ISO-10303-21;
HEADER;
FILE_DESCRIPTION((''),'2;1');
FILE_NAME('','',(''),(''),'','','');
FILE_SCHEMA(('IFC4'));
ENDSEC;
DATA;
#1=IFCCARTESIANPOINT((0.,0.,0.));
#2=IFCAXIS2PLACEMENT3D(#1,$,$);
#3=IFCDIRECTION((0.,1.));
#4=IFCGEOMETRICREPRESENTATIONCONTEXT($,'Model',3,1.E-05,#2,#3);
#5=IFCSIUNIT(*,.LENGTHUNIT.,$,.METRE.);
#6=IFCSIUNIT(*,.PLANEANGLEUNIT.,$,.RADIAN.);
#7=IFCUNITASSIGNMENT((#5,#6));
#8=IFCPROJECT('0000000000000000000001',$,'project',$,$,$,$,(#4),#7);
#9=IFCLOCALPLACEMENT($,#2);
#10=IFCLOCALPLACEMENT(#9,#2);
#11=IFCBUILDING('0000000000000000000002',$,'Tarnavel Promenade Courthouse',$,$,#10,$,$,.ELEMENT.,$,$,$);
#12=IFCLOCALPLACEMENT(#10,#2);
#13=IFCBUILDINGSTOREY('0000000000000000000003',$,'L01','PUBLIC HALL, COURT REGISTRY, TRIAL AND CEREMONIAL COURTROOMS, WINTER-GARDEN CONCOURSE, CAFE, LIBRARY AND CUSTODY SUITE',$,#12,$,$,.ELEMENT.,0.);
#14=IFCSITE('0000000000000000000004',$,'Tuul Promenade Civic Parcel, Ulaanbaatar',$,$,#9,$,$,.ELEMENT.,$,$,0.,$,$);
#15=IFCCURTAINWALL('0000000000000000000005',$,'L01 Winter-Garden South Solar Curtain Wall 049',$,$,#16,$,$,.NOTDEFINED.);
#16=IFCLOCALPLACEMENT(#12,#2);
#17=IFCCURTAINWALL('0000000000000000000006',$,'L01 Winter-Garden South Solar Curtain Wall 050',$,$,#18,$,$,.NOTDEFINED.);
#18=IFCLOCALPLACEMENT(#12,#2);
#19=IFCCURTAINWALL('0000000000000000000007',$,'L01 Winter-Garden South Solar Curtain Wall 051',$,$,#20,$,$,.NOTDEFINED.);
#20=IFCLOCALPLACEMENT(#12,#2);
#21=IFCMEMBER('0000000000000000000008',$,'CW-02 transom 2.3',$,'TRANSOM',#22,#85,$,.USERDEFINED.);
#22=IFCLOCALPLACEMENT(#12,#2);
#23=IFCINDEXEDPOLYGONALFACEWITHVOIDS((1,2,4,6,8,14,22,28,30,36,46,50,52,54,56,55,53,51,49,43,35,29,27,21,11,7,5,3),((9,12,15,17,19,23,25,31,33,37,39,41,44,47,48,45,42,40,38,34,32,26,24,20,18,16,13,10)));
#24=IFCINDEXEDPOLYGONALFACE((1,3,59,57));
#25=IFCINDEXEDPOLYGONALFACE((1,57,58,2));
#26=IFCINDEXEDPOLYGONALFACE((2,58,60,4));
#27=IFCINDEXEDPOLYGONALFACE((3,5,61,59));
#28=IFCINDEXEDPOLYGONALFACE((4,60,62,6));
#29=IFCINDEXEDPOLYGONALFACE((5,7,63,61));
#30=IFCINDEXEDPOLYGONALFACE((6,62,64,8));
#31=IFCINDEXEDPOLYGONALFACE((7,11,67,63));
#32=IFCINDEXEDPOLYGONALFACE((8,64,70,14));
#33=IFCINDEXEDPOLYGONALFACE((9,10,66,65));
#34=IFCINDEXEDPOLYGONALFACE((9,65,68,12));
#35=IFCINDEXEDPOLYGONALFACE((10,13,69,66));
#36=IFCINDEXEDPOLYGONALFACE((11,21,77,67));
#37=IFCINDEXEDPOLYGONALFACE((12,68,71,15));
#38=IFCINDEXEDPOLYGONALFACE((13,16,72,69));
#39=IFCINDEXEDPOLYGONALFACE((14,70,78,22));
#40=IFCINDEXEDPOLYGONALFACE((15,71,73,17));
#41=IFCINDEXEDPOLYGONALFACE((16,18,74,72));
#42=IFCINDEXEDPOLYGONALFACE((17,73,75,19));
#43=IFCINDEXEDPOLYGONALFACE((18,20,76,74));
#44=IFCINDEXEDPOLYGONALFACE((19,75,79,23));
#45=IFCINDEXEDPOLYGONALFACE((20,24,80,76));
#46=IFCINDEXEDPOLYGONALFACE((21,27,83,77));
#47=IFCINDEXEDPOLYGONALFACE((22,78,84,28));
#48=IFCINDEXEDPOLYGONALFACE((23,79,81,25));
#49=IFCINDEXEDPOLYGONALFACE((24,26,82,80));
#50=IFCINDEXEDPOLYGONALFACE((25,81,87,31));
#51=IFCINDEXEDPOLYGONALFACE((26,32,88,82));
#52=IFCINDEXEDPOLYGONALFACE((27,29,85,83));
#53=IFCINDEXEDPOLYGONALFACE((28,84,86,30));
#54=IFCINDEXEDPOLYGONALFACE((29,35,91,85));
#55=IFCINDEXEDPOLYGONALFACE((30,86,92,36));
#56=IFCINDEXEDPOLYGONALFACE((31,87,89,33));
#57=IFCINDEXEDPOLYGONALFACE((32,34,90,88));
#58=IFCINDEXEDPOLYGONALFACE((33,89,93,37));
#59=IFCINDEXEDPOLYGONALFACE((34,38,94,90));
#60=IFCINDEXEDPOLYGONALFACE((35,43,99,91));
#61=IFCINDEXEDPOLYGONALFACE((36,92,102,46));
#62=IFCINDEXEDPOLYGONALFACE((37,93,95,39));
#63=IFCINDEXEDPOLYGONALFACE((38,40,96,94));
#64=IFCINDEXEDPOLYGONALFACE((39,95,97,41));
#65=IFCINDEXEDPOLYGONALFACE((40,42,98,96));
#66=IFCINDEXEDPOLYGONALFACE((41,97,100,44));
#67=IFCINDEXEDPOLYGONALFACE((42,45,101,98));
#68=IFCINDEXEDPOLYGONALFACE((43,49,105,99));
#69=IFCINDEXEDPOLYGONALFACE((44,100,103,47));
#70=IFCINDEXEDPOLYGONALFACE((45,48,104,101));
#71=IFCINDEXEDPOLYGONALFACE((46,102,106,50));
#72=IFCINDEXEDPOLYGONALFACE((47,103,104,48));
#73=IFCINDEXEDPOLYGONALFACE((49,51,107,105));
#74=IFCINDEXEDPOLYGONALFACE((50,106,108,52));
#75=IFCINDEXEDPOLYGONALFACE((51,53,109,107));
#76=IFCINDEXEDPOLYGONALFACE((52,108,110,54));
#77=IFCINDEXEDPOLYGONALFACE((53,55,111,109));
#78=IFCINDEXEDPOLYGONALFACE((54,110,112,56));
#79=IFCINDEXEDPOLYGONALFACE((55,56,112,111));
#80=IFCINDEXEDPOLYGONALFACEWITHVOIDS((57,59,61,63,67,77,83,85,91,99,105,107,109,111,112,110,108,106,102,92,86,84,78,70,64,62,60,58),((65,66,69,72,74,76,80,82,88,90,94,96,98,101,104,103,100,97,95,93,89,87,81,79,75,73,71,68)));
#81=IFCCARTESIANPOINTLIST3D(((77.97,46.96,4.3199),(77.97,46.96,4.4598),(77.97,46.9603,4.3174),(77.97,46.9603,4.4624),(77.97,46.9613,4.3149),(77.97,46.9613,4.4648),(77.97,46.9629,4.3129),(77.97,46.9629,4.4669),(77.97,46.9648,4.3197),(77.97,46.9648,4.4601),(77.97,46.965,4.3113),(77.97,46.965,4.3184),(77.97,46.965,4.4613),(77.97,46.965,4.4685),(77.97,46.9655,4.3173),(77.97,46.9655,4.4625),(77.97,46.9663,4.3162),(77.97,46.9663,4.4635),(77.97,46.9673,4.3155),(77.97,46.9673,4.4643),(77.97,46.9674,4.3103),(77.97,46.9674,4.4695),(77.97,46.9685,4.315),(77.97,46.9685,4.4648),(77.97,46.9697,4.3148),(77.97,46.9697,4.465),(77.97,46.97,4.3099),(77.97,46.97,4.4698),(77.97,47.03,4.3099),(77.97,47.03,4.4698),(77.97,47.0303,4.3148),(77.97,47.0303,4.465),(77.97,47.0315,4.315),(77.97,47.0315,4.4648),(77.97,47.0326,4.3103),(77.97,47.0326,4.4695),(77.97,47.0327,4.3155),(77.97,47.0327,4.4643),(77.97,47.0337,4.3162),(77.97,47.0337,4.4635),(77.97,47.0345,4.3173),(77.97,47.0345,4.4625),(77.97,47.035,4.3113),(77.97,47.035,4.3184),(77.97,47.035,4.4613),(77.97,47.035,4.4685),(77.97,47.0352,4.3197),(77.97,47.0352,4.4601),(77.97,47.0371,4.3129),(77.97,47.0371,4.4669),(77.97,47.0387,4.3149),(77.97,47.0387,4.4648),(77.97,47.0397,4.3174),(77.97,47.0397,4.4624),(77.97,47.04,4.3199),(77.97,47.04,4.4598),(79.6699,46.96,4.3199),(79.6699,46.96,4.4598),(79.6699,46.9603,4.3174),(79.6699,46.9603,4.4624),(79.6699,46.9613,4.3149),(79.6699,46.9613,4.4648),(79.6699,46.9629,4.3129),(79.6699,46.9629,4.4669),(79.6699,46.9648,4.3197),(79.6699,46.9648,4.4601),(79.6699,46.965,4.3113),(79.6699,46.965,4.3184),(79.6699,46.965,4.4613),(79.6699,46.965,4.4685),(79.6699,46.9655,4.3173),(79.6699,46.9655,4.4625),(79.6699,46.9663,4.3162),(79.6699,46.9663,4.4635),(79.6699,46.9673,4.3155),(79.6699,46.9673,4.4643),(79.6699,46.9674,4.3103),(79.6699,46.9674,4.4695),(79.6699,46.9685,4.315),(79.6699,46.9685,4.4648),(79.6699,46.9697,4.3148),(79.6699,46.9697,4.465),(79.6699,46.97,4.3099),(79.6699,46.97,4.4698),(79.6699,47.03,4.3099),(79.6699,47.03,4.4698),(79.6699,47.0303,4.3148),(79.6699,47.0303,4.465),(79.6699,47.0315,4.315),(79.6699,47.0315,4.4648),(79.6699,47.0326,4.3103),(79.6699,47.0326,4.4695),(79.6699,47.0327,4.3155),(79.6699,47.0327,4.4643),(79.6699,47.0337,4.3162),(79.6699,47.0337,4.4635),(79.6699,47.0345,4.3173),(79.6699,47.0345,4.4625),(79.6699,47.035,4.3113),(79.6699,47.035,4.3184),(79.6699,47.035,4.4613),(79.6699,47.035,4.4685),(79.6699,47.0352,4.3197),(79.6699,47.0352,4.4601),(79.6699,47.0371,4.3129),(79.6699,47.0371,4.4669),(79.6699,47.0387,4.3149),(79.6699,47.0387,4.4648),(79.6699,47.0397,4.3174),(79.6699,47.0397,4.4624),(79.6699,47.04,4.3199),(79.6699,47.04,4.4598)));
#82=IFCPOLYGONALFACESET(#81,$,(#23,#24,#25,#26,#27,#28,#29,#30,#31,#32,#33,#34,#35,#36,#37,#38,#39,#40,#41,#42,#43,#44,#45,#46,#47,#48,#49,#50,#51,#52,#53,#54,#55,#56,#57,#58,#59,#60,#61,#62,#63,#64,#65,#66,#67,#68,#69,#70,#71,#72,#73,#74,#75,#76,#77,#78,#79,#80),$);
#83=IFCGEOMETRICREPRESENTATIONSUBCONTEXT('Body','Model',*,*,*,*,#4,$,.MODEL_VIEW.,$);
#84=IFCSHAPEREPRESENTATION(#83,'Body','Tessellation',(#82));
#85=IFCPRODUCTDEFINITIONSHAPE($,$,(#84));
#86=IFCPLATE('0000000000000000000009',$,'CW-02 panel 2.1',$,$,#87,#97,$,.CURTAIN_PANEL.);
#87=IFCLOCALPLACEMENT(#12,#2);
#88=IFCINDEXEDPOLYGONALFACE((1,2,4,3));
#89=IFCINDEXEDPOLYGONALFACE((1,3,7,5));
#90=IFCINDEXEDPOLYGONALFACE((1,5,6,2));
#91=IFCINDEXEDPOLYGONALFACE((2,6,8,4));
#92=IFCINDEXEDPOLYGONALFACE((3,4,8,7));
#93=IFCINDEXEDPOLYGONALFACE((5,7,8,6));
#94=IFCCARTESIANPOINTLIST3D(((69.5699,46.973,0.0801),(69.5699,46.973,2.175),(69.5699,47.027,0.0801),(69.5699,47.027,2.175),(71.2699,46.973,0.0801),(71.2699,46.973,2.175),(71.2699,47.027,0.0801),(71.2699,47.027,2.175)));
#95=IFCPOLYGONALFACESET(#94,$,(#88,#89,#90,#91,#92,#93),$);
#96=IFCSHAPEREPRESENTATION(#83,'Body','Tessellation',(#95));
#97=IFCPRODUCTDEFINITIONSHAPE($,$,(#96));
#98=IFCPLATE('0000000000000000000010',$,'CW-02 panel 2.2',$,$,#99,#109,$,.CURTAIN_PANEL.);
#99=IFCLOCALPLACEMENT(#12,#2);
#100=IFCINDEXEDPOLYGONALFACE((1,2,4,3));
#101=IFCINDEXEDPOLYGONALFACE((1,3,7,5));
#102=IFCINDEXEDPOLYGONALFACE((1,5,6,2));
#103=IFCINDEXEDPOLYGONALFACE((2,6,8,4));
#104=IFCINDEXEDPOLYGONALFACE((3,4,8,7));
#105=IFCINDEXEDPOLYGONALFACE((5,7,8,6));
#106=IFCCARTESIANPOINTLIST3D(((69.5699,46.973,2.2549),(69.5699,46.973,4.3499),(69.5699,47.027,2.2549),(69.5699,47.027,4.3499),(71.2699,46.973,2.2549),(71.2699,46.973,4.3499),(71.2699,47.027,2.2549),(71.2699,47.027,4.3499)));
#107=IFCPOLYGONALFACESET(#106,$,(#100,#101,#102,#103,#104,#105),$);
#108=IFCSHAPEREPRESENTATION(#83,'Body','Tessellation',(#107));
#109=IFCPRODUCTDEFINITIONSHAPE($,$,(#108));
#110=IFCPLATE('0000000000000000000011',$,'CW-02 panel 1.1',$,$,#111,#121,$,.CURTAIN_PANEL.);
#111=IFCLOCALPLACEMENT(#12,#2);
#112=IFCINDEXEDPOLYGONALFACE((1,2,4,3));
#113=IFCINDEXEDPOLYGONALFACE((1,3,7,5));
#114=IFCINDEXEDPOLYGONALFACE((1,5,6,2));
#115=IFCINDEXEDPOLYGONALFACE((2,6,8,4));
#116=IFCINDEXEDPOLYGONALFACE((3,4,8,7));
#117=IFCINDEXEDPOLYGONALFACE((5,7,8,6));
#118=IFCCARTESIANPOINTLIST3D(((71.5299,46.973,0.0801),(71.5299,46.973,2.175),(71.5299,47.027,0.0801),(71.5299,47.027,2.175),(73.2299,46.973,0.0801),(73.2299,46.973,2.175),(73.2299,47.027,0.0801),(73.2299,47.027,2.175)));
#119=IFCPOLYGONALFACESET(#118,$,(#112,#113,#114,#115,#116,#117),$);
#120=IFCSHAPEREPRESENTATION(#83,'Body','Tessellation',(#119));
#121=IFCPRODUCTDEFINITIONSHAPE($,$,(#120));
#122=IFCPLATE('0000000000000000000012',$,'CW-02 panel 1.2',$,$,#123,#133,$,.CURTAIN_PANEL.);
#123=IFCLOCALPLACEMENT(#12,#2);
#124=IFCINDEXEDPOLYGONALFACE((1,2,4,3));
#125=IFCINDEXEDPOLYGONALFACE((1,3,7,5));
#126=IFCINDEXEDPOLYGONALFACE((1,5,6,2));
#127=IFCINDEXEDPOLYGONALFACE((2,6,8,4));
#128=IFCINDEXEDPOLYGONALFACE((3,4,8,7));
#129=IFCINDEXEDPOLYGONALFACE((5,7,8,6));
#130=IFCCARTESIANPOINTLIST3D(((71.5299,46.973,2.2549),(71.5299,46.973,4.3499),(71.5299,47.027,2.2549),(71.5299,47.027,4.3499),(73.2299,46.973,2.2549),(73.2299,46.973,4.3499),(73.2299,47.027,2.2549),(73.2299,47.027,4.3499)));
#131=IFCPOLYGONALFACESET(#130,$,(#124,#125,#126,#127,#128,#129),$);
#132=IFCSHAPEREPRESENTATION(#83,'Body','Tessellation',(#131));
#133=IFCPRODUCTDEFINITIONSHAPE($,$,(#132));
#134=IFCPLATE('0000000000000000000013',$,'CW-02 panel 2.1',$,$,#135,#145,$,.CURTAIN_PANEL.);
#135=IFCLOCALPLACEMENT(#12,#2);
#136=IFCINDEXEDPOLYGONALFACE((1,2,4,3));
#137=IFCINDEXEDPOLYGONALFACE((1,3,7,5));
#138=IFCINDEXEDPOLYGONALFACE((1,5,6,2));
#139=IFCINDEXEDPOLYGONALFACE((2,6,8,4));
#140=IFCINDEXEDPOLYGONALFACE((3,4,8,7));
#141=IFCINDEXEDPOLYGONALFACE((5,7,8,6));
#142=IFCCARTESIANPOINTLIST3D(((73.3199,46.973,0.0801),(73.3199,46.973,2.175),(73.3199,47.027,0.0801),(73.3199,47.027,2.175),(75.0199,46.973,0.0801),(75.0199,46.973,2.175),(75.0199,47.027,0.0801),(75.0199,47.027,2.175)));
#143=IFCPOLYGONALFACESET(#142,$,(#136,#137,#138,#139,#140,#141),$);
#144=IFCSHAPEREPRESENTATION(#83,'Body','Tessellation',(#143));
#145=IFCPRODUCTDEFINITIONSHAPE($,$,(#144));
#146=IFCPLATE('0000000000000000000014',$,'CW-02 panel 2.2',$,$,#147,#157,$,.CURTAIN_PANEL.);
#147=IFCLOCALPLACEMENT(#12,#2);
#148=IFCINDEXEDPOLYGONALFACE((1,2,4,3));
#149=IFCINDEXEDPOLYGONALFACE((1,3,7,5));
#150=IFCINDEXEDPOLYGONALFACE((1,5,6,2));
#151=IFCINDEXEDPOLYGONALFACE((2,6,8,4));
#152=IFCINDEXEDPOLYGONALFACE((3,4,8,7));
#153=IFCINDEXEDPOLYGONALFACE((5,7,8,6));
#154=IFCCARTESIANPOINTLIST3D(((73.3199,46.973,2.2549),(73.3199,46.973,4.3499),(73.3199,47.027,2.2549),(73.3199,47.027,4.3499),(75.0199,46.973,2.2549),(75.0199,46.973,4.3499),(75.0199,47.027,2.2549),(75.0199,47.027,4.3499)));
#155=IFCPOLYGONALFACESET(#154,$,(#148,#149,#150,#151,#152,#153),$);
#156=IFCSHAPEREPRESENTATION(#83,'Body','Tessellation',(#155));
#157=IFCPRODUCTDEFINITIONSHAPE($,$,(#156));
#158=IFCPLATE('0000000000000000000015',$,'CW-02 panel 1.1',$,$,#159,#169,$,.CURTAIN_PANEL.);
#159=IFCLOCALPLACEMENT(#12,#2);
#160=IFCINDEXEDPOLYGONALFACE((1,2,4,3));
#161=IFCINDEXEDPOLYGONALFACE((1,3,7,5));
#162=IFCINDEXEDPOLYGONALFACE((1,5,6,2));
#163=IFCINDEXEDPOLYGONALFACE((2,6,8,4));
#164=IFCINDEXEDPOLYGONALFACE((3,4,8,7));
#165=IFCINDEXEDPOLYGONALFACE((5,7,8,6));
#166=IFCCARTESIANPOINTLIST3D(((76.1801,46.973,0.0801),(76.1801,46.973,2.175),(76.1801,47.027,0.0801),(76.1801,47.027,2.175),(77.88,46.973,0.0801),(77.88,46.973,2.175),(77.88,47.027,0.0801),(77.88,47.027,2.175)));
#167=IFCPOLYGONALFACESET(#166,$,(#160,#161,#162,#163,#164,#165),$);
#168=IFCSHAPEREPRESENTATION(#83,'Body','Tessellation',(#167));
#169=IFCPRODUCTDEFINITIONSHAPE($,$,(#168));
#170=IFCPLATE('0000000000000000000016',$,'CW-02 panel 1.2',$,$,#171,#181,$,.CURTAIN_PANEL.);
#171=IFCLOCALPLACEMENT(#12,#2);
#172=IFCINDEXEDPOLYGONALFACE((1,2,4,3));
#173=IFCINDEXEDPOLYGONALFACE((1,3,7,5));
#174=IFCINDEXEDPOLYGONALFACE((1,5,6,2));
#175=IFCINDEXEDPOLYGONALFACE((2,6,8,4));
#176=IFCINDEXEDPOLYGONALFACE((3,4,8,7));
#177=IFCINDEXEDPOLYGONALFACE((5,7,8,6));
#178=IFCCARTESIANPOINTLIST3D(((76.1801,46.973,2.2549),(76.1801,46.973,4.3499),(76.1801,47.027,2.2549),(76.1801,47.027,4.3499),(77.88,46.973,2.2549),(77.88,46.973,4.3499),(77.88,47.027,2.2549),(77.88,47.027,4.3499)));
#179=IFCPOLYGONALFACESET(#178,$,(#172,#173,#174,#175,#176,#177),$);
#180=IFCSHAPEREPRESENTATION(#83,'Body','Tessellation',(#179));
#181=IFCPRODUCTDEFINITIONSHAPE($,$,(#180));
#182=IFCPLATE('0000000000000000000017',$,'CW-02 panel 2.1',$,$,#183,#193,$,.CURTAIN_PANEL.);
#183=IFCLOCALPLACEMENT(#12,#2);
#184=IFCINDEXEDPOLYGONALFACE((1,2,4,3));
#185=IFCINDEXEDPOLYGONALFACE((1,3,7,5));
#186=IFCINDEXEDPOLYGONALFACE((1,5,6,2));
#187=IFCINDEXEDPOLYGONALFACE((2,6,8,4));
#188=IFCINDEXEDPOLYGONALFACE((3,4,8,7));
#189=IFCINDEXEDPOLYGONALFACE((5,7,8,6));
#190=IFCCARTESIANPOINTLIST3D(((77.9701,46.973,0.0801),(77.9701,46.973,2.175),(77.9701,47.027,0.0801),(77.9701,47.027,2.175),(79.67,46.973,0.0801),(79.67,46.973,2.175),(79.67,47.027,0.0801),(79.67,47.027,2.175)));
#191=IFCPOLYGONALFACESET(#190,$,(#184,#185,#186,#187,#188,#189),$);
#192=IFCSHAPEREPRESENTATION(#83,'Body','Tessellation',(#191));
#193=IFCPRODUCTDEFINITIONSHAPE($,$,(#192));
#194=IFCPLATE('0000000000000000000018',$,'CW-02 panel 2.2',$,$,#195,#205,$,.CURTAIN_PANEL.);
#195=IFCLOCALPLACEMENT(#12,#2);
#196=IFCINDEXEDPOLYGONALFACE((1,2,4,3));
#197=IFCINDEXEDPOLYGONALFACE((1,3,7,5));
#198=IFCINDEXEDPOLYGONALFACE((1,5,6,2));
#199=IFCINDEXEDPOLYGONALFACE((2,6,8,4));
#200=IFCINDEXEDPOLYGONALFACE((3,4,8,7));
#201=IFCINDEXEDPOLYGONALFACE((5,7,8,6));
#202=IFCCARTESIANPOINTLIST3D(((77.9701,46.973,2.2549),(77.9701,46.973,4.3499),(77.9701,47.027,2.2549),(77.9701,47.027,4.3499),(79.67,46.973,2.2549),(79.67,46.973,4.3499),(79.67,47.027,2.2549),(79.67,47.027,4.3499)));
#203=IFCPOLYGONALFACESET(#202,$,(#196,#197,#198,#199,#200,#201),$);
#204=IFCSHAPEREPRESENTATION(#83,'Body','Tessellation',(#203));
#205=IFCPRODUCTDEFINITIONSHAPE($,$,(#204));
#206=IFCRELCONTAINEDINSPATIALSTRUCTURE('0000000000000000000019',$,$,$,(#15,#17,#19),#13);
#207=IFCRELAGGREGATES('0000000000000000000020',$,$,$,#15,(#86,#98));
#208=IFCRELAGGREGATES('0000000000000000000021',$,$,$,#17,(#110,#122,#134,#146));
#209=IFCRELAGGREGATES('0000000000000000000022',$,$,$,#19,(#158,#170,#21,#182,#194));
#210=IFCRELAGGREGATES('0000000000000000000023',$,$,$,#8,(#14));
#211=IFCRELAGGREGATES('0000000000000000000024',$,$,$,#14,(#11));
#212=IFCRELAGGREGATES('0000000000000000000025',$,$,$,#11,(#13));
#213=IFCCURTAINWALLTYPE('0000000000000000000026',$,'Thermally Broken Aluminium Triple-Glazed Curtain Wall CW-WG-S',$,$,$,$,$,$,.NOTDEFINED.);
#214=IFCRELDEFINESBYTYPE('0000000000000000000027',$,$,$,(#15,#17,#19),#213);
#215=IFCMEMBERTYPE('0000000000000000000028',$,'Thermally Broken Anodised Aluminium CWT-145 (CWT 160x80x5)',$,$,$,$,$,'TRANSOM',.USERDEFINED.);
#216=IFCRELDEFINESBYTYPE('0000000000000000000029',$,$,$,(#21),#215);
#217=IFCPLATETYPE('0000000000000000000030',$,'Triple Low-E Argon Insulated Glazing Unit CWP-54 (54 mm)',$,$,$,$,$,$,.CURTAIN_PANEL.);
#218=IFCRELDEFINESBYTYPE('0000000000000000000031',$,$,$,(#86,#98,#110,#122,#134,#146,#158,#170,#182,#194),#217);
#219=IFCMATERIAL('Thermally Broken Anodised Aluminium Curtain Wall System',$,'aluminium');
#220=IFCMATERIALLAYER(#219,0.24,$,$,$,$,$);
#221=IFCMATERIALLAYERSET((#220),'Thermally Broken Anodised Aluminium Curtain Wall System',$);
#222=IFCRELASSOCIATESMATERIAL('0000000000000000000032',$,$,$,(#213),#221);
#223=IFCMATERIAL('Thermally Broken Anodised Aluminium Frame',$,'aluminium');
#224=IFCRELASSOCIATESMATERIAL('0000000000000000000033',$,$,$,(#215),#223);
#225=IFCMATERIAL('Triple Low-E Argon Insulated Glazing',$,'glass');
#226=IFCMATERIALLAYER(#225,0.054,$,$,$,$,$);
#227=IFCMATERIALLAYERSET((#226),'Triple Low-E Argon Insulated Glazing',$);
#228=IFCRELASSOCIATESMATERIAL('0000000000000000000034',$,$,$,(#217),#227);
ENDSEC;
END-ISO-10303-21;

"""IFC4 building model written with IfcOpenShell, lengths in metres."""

from ifc_helpers import new_model, si_unit, direction, frame, origin, origin_2d, place, context, subcontext, project, spatial, rectangle, hollow_rectangle, extrude, material, layer, layer_set, material_profile, profile_set, type_object, element, aggregate, save


model = new_model("IFC4")

# Units and contexts
model_context = context("Model", 3, precision=1e-05, world=origin(), true_north=direction((0.0, 1.0)))
body_context = subcontext(model_context, "Body", "Model", "MODEL_VIEW")
ifc_project = project(units=[si_unit("LENGTHUNIT", "METRE"), si_unit("PLANEANGLEUNIT", "RADIAN")], contexts=[model_context])

# Site, building, storey
site_placement = place(None, origin())
site = spatial("IfcSite", under=ifc_project, at=site_placement, Name="Tuul Promenade Civic Parcel, Ulaanbaatar", CompositionType="ELEMENT", RefElevation=0.0)
building_placement = place(site_placement, origin())
building = spatial("IfcBuilding", under=site, at=building_placement, Name="Tarnavel Promenade Courthouse", CompositionType="ELEMENT")
storey_placement = place(building_placement, origin())
storey = spatial("IfcBuildingStorey", under=building, at=storey_placement, Name="L01", Description="PUBLIC HALL, COURT REGISTRY, TRIAL AND CEREMONIAL COURTROOMS, WINTER-GARDEN CONCOURSE, CAFE, LIBRARY AND CUSTODY SUITE", CompositionType="ELEMENT", Elevation=0.0)

# Curtain wall
ifc_material_1 = material(Name="Thermally Broken Anodised Aluminium Curtain Wall System", Category="aluminium")
ifc_layer_1 = layer(ifc_material_1, 0.24)
ifc_layer_set_1 = layer_set([ifc_layer_1], Name="Thermally Broken Anodised Aluminium Curtain Wall System")
curtain_wall_type = type_object("IfcCurtainWallType", Name="Thermally Broken Aluminium Triple-Glazed Curtain Wall CW-WG-S", PredefinedType="NOTDEFINED", material=ifc_layer_set_1)
curtain_wall_1_placement = place(storey_placement, origin())
curtain_wall_1 = element("IfcCurtainWall", 1, at=curtain_wall_1_placement, inside=storey, type_object=curtain_wall_type, Name="L01 Winter-Garden South Solar Curtain Wall 049", PredefinedType="NOTDEFINED")
ifc_material_2 = material(Name="Thermally Broken Anodised Aluminium Frame", Category="aluminium")

# Curtain walls
curtain_wall_2_placement = place(storey_placement, origin())
curtain_wall_2 = element("IfcCurtainWall", 2, at=curtain_wall_2_placement, inside=storey, type_object=curtain_wall_type, Name="L01 Winter-Garden South Solar Curtain Wall 050", PredefinedType="NOTDEFINED")
curtain_wall_3_placement = place(storey_placement, origin())
curtain_wall_3 = element("IfcCurtainWall", 3, at=curtain_wall_3_placement, inside=storey, type_object=curtain_wall_type, Name="L01 Winter-Garden South Solar Curtain Wall 051", PredefinedType="NOTDEFINED")

# Member
ifc_material_profile_1 = material_profile(ifc_material_2, hollow_rectangle(XDim=0.0801, YDim=0.1599, WallThickness=0.0049, InnerFilletRadius=0.0049, OuterFilletRadius=0.01, at=origin_2d()), Name="CWT 160x80x5")
ifc_profile_set_1 = profile_set([ifc_material_profile_1], Name="Thermally Broken Anodised Aluminium Frame")
member_type_1 = type_object("IfcMemberType", Name="Thermally Broken Anodised Aluminium CWT-145 (CWT 160x80x5)", ElementType="TRANSOM", PredefinedType="USERDEFINED", material=ifc_profile_set_1)
member_1_placement = place(storey_placement, frame((77.97, 47.0, 4.3899), z_axis=(1.0, 0.0, 0.0), x_axis=(0.0, 1.0, 0.0)))
member_1 = element("IfcMember", 4, at=member_1_placement, type_object=member_type_1, Name="CW-02 transom 2.3", ObjectType="TRANSOM", PredefinedType="USERDEFINED", context=body_context, shape_type="SweptSolid", body=[
    extrude(hollow_rectangle(XDim=0.0801, YDim=0.1599, WallThickness=0.0049, InnerFilletRadius=0.0049, OuterFilletRadius=0.01, at=origin_2d()), origin(), (0.0, 0.0, 1.0), 1.7),
])

# Plates
ifc_material_3 = material(Name="Triple Low-E Argon Insulated Glazing", Category="glass")
ifc_layer_2 = layer(ifc_material_3, 0.054)
ifc_layer_set_2 = layer_set([ifc_layer_2], Name="Triple Low-E Argon Insulated Glazing")
plate_type = type_object("IfcPlateType", Name="Triple Low-E Argon Insulated Glazing Unit CWP-54 (54 mm)", PredefinedType="CURTAIN_PANEL", material=ifc_layer_set_2)
plate_1_placement = place(storey_placement, frame((70.4199, 47.0, 0.0801), z_axis=(0.0, 0.0, 1.0), x_axis=(1.0, 0.0, 0.0)))
plate_1 = element("IfcPlate", 5, at=plate_1_placement, type_object=plate_type, Name="CW-02 panel 2.1", PredefinedType="CURTAIN_PANEL", context=body_context, shape_type="SweptSolid", body=[
    extrude(rectangle(XDim=1.7, YDim=0.054, at=origin_2d()), origin(), (0.0, 0.0, 1.0), 2.095),
])
plate_2_placement = place(storey_placement, frame((70.4199, 47.0, 2.2549), z_axis=(0.0, 0.0, 1.0), x_axis=(1.0, 0.0, 0.0)))
plate_2 = element("IfcPlate", 6, at=plate_2_placement, type_object=plate_type, Name="CW-02 panel 2.2", PredefinedType="CURTAIN_PANEL", context=body_context, shape_type="SweptSolid", body=[
    extrude(rectangle(XDim=1.7, YDim=0.054, at=origin_2d()), origin(), (0.0, 0.0, 1.0), 2.095),
])
aggregate(curtain_wall_1, [plate_1, plate_2])
plate_3_placement = place(storey_placement, frame((72.3799, 47.0, 0.0801), z_axis=(0.0, 0.0, 1.0), x_axis=(1.0, 0.0, 0.0)))
plate_3 = element("IfcPlate", 7, at=plate_3_placement, type_object=plate_type, Name="CW-02 panel 1.1", PredefinedType="CURTAIN_PANEL", context=body_context, shape_type="SweptSolid", body=[
    extrude(rectangle(XDim=1.7, YDim=0.054, at=origin_2d()), origin(), (0.0, 0.0, 1.0), 2.095),
])
plate_4_placement = place(storey_placement, frame((72.3799, 47.0, 2.2549), z_axis=(0.0, 0.0, 1.0), x_axis=(1.0, 0.0, 0.0)))
plate_4 = element("IfcPlate", 8, at=plate_4_placement, type_object=plate_type, Name="CW-02 panel 1.2", PredefinedType="CURTAIN_PANEL", context=body_context, shape_type="SweptSolid", body=[
    extrude(rectangle(XDim=1.7, YDim=0.054, at=origin_2d()), origin(), (0.0, 0.0, 1.0), 2.095),
])
plate_5_placement = place(storey_placement, frame((74.1699, 47.0, 0.0801), z_axis=(0.0, 0.0, 1.0), x_axis=(1.0, 0.0, 0.0)))
plate_5 = element("IfcPlate", 9, at=plate_5_placement, type_object=plate_type, Name="CW-02 panel 2.1", PredefinedType="CURTAIN_PANEL", context=body_context, shape_type="SweptSolid", body=[
    extrude(rectangle(XDim=1.7, YDim=0.054, at=origin_2d()), origin(), (0.0, 0.0, 1.0), 2.095),
])
plate_6_placement = place(storey_placement, frame((74.1699, 47.0, 2.2549), z_axis=(0.0, 0.0, 1.0), x_axis=(1.0, 0.0, 0.0)))
plate_6 = element("IfcPlate", 10, at=plate_6_placement, type_object=plate_type, Name="CW-02 panel 2.2", PredefinedType="CURTAIN_PANEL", context=body_context, shape_type="SweptSolid", body=[
    extrude(rectangle(XDim=1.7, YDim=0.054, at=origin_2d()), origin(), (0.0, 0.0, 1.0), 2.095),
])
aggregate(curtain_wall_2, [plate_3, plate_4, plate_5, plate_6])
plate_7_placement = place(storey_placement, frame((77.03, 47.0, 0.0801), z_axis=(0.0, 0.0, 1.0), x_axis=(1.0, 0.0, 0.0)))
plate_7 = element("IfcPlate", 11, at=plate_7_placement, type_object=plate_type, Name="CW-02 panel 1.1", PredefinedType="CURTAIN_PANEL", context=body_context, shape_type="SweptSolid", body=[
    extrude(rectangle(XDim=1.7, YDim=0.054, at=origin_2d()), origin(), (0.0, 0.0, 1.0), 2.095),
])
plate_8_placement = place(storey_placement, frame((77.03, 47.0, 2.2549), z_axis=(0.0, 0.0, 1.0), x_axis=(1.0, 0.0, 0.0)))
plate_8 = element("IfcPlate", 12, at=plate_8_placement, type_object=plate_type, Name="CW-02 panel 1.2", PredefinedType="CURTAIN_PANEL", context=body_context, shape_type="SweptSolid", body=[
    extrude(rectangle(XDim=1.7, YDim=0.054, at=origin_2d()), origin(), (0.0, 0.0, 1.0), 2.095),
])
plate_9_placement = place(storey_placement, frame((78.8201, 47.0, 0.0801), z_axis=(0.0, 0.0, 1.0), x_axis=(1.0, 0.0, 0.0)))
plate_9 = element("IfcPlate", 13, at=plate_9_placement, type_object=plate_type, Name="CW-02 panel 2.1", PredefinedType="CURTAIN_PANEL", context=body_context, shape_type="SweptSolid", body=[
    extrude(rectangle(XDim=1.7, YDim=0.054, at=origin_2d()), origin(), (0.0, 0.0, 1.0), 2.095),
])
plate_10_placement = place(storey_placement, frame((78.8201, 47.0, 2.2549), z_axis=(0.0, 0.0, 1.0), x_axis=(1.0, 0.0, 0.0)))
plate_10 = element("IfcPlate", 14, at=plate_10_placement, type_object=plate_type, Name="CW-02 panel 2.2", PredefinedType="CURTAIN_PANEL", context=body_context, shape_type="SweptSolid", body=[
    extrude(rectangle(XDim=1.7, YDim=0.054, at=origin_2d()), origin(), (0.0, 0.0, 1.0), 2.095),
])
aggregate(curtain_wall_3, [plate_7, plate_8, member_1, plate_9, plate_10])

save(model, "model.ifc")
